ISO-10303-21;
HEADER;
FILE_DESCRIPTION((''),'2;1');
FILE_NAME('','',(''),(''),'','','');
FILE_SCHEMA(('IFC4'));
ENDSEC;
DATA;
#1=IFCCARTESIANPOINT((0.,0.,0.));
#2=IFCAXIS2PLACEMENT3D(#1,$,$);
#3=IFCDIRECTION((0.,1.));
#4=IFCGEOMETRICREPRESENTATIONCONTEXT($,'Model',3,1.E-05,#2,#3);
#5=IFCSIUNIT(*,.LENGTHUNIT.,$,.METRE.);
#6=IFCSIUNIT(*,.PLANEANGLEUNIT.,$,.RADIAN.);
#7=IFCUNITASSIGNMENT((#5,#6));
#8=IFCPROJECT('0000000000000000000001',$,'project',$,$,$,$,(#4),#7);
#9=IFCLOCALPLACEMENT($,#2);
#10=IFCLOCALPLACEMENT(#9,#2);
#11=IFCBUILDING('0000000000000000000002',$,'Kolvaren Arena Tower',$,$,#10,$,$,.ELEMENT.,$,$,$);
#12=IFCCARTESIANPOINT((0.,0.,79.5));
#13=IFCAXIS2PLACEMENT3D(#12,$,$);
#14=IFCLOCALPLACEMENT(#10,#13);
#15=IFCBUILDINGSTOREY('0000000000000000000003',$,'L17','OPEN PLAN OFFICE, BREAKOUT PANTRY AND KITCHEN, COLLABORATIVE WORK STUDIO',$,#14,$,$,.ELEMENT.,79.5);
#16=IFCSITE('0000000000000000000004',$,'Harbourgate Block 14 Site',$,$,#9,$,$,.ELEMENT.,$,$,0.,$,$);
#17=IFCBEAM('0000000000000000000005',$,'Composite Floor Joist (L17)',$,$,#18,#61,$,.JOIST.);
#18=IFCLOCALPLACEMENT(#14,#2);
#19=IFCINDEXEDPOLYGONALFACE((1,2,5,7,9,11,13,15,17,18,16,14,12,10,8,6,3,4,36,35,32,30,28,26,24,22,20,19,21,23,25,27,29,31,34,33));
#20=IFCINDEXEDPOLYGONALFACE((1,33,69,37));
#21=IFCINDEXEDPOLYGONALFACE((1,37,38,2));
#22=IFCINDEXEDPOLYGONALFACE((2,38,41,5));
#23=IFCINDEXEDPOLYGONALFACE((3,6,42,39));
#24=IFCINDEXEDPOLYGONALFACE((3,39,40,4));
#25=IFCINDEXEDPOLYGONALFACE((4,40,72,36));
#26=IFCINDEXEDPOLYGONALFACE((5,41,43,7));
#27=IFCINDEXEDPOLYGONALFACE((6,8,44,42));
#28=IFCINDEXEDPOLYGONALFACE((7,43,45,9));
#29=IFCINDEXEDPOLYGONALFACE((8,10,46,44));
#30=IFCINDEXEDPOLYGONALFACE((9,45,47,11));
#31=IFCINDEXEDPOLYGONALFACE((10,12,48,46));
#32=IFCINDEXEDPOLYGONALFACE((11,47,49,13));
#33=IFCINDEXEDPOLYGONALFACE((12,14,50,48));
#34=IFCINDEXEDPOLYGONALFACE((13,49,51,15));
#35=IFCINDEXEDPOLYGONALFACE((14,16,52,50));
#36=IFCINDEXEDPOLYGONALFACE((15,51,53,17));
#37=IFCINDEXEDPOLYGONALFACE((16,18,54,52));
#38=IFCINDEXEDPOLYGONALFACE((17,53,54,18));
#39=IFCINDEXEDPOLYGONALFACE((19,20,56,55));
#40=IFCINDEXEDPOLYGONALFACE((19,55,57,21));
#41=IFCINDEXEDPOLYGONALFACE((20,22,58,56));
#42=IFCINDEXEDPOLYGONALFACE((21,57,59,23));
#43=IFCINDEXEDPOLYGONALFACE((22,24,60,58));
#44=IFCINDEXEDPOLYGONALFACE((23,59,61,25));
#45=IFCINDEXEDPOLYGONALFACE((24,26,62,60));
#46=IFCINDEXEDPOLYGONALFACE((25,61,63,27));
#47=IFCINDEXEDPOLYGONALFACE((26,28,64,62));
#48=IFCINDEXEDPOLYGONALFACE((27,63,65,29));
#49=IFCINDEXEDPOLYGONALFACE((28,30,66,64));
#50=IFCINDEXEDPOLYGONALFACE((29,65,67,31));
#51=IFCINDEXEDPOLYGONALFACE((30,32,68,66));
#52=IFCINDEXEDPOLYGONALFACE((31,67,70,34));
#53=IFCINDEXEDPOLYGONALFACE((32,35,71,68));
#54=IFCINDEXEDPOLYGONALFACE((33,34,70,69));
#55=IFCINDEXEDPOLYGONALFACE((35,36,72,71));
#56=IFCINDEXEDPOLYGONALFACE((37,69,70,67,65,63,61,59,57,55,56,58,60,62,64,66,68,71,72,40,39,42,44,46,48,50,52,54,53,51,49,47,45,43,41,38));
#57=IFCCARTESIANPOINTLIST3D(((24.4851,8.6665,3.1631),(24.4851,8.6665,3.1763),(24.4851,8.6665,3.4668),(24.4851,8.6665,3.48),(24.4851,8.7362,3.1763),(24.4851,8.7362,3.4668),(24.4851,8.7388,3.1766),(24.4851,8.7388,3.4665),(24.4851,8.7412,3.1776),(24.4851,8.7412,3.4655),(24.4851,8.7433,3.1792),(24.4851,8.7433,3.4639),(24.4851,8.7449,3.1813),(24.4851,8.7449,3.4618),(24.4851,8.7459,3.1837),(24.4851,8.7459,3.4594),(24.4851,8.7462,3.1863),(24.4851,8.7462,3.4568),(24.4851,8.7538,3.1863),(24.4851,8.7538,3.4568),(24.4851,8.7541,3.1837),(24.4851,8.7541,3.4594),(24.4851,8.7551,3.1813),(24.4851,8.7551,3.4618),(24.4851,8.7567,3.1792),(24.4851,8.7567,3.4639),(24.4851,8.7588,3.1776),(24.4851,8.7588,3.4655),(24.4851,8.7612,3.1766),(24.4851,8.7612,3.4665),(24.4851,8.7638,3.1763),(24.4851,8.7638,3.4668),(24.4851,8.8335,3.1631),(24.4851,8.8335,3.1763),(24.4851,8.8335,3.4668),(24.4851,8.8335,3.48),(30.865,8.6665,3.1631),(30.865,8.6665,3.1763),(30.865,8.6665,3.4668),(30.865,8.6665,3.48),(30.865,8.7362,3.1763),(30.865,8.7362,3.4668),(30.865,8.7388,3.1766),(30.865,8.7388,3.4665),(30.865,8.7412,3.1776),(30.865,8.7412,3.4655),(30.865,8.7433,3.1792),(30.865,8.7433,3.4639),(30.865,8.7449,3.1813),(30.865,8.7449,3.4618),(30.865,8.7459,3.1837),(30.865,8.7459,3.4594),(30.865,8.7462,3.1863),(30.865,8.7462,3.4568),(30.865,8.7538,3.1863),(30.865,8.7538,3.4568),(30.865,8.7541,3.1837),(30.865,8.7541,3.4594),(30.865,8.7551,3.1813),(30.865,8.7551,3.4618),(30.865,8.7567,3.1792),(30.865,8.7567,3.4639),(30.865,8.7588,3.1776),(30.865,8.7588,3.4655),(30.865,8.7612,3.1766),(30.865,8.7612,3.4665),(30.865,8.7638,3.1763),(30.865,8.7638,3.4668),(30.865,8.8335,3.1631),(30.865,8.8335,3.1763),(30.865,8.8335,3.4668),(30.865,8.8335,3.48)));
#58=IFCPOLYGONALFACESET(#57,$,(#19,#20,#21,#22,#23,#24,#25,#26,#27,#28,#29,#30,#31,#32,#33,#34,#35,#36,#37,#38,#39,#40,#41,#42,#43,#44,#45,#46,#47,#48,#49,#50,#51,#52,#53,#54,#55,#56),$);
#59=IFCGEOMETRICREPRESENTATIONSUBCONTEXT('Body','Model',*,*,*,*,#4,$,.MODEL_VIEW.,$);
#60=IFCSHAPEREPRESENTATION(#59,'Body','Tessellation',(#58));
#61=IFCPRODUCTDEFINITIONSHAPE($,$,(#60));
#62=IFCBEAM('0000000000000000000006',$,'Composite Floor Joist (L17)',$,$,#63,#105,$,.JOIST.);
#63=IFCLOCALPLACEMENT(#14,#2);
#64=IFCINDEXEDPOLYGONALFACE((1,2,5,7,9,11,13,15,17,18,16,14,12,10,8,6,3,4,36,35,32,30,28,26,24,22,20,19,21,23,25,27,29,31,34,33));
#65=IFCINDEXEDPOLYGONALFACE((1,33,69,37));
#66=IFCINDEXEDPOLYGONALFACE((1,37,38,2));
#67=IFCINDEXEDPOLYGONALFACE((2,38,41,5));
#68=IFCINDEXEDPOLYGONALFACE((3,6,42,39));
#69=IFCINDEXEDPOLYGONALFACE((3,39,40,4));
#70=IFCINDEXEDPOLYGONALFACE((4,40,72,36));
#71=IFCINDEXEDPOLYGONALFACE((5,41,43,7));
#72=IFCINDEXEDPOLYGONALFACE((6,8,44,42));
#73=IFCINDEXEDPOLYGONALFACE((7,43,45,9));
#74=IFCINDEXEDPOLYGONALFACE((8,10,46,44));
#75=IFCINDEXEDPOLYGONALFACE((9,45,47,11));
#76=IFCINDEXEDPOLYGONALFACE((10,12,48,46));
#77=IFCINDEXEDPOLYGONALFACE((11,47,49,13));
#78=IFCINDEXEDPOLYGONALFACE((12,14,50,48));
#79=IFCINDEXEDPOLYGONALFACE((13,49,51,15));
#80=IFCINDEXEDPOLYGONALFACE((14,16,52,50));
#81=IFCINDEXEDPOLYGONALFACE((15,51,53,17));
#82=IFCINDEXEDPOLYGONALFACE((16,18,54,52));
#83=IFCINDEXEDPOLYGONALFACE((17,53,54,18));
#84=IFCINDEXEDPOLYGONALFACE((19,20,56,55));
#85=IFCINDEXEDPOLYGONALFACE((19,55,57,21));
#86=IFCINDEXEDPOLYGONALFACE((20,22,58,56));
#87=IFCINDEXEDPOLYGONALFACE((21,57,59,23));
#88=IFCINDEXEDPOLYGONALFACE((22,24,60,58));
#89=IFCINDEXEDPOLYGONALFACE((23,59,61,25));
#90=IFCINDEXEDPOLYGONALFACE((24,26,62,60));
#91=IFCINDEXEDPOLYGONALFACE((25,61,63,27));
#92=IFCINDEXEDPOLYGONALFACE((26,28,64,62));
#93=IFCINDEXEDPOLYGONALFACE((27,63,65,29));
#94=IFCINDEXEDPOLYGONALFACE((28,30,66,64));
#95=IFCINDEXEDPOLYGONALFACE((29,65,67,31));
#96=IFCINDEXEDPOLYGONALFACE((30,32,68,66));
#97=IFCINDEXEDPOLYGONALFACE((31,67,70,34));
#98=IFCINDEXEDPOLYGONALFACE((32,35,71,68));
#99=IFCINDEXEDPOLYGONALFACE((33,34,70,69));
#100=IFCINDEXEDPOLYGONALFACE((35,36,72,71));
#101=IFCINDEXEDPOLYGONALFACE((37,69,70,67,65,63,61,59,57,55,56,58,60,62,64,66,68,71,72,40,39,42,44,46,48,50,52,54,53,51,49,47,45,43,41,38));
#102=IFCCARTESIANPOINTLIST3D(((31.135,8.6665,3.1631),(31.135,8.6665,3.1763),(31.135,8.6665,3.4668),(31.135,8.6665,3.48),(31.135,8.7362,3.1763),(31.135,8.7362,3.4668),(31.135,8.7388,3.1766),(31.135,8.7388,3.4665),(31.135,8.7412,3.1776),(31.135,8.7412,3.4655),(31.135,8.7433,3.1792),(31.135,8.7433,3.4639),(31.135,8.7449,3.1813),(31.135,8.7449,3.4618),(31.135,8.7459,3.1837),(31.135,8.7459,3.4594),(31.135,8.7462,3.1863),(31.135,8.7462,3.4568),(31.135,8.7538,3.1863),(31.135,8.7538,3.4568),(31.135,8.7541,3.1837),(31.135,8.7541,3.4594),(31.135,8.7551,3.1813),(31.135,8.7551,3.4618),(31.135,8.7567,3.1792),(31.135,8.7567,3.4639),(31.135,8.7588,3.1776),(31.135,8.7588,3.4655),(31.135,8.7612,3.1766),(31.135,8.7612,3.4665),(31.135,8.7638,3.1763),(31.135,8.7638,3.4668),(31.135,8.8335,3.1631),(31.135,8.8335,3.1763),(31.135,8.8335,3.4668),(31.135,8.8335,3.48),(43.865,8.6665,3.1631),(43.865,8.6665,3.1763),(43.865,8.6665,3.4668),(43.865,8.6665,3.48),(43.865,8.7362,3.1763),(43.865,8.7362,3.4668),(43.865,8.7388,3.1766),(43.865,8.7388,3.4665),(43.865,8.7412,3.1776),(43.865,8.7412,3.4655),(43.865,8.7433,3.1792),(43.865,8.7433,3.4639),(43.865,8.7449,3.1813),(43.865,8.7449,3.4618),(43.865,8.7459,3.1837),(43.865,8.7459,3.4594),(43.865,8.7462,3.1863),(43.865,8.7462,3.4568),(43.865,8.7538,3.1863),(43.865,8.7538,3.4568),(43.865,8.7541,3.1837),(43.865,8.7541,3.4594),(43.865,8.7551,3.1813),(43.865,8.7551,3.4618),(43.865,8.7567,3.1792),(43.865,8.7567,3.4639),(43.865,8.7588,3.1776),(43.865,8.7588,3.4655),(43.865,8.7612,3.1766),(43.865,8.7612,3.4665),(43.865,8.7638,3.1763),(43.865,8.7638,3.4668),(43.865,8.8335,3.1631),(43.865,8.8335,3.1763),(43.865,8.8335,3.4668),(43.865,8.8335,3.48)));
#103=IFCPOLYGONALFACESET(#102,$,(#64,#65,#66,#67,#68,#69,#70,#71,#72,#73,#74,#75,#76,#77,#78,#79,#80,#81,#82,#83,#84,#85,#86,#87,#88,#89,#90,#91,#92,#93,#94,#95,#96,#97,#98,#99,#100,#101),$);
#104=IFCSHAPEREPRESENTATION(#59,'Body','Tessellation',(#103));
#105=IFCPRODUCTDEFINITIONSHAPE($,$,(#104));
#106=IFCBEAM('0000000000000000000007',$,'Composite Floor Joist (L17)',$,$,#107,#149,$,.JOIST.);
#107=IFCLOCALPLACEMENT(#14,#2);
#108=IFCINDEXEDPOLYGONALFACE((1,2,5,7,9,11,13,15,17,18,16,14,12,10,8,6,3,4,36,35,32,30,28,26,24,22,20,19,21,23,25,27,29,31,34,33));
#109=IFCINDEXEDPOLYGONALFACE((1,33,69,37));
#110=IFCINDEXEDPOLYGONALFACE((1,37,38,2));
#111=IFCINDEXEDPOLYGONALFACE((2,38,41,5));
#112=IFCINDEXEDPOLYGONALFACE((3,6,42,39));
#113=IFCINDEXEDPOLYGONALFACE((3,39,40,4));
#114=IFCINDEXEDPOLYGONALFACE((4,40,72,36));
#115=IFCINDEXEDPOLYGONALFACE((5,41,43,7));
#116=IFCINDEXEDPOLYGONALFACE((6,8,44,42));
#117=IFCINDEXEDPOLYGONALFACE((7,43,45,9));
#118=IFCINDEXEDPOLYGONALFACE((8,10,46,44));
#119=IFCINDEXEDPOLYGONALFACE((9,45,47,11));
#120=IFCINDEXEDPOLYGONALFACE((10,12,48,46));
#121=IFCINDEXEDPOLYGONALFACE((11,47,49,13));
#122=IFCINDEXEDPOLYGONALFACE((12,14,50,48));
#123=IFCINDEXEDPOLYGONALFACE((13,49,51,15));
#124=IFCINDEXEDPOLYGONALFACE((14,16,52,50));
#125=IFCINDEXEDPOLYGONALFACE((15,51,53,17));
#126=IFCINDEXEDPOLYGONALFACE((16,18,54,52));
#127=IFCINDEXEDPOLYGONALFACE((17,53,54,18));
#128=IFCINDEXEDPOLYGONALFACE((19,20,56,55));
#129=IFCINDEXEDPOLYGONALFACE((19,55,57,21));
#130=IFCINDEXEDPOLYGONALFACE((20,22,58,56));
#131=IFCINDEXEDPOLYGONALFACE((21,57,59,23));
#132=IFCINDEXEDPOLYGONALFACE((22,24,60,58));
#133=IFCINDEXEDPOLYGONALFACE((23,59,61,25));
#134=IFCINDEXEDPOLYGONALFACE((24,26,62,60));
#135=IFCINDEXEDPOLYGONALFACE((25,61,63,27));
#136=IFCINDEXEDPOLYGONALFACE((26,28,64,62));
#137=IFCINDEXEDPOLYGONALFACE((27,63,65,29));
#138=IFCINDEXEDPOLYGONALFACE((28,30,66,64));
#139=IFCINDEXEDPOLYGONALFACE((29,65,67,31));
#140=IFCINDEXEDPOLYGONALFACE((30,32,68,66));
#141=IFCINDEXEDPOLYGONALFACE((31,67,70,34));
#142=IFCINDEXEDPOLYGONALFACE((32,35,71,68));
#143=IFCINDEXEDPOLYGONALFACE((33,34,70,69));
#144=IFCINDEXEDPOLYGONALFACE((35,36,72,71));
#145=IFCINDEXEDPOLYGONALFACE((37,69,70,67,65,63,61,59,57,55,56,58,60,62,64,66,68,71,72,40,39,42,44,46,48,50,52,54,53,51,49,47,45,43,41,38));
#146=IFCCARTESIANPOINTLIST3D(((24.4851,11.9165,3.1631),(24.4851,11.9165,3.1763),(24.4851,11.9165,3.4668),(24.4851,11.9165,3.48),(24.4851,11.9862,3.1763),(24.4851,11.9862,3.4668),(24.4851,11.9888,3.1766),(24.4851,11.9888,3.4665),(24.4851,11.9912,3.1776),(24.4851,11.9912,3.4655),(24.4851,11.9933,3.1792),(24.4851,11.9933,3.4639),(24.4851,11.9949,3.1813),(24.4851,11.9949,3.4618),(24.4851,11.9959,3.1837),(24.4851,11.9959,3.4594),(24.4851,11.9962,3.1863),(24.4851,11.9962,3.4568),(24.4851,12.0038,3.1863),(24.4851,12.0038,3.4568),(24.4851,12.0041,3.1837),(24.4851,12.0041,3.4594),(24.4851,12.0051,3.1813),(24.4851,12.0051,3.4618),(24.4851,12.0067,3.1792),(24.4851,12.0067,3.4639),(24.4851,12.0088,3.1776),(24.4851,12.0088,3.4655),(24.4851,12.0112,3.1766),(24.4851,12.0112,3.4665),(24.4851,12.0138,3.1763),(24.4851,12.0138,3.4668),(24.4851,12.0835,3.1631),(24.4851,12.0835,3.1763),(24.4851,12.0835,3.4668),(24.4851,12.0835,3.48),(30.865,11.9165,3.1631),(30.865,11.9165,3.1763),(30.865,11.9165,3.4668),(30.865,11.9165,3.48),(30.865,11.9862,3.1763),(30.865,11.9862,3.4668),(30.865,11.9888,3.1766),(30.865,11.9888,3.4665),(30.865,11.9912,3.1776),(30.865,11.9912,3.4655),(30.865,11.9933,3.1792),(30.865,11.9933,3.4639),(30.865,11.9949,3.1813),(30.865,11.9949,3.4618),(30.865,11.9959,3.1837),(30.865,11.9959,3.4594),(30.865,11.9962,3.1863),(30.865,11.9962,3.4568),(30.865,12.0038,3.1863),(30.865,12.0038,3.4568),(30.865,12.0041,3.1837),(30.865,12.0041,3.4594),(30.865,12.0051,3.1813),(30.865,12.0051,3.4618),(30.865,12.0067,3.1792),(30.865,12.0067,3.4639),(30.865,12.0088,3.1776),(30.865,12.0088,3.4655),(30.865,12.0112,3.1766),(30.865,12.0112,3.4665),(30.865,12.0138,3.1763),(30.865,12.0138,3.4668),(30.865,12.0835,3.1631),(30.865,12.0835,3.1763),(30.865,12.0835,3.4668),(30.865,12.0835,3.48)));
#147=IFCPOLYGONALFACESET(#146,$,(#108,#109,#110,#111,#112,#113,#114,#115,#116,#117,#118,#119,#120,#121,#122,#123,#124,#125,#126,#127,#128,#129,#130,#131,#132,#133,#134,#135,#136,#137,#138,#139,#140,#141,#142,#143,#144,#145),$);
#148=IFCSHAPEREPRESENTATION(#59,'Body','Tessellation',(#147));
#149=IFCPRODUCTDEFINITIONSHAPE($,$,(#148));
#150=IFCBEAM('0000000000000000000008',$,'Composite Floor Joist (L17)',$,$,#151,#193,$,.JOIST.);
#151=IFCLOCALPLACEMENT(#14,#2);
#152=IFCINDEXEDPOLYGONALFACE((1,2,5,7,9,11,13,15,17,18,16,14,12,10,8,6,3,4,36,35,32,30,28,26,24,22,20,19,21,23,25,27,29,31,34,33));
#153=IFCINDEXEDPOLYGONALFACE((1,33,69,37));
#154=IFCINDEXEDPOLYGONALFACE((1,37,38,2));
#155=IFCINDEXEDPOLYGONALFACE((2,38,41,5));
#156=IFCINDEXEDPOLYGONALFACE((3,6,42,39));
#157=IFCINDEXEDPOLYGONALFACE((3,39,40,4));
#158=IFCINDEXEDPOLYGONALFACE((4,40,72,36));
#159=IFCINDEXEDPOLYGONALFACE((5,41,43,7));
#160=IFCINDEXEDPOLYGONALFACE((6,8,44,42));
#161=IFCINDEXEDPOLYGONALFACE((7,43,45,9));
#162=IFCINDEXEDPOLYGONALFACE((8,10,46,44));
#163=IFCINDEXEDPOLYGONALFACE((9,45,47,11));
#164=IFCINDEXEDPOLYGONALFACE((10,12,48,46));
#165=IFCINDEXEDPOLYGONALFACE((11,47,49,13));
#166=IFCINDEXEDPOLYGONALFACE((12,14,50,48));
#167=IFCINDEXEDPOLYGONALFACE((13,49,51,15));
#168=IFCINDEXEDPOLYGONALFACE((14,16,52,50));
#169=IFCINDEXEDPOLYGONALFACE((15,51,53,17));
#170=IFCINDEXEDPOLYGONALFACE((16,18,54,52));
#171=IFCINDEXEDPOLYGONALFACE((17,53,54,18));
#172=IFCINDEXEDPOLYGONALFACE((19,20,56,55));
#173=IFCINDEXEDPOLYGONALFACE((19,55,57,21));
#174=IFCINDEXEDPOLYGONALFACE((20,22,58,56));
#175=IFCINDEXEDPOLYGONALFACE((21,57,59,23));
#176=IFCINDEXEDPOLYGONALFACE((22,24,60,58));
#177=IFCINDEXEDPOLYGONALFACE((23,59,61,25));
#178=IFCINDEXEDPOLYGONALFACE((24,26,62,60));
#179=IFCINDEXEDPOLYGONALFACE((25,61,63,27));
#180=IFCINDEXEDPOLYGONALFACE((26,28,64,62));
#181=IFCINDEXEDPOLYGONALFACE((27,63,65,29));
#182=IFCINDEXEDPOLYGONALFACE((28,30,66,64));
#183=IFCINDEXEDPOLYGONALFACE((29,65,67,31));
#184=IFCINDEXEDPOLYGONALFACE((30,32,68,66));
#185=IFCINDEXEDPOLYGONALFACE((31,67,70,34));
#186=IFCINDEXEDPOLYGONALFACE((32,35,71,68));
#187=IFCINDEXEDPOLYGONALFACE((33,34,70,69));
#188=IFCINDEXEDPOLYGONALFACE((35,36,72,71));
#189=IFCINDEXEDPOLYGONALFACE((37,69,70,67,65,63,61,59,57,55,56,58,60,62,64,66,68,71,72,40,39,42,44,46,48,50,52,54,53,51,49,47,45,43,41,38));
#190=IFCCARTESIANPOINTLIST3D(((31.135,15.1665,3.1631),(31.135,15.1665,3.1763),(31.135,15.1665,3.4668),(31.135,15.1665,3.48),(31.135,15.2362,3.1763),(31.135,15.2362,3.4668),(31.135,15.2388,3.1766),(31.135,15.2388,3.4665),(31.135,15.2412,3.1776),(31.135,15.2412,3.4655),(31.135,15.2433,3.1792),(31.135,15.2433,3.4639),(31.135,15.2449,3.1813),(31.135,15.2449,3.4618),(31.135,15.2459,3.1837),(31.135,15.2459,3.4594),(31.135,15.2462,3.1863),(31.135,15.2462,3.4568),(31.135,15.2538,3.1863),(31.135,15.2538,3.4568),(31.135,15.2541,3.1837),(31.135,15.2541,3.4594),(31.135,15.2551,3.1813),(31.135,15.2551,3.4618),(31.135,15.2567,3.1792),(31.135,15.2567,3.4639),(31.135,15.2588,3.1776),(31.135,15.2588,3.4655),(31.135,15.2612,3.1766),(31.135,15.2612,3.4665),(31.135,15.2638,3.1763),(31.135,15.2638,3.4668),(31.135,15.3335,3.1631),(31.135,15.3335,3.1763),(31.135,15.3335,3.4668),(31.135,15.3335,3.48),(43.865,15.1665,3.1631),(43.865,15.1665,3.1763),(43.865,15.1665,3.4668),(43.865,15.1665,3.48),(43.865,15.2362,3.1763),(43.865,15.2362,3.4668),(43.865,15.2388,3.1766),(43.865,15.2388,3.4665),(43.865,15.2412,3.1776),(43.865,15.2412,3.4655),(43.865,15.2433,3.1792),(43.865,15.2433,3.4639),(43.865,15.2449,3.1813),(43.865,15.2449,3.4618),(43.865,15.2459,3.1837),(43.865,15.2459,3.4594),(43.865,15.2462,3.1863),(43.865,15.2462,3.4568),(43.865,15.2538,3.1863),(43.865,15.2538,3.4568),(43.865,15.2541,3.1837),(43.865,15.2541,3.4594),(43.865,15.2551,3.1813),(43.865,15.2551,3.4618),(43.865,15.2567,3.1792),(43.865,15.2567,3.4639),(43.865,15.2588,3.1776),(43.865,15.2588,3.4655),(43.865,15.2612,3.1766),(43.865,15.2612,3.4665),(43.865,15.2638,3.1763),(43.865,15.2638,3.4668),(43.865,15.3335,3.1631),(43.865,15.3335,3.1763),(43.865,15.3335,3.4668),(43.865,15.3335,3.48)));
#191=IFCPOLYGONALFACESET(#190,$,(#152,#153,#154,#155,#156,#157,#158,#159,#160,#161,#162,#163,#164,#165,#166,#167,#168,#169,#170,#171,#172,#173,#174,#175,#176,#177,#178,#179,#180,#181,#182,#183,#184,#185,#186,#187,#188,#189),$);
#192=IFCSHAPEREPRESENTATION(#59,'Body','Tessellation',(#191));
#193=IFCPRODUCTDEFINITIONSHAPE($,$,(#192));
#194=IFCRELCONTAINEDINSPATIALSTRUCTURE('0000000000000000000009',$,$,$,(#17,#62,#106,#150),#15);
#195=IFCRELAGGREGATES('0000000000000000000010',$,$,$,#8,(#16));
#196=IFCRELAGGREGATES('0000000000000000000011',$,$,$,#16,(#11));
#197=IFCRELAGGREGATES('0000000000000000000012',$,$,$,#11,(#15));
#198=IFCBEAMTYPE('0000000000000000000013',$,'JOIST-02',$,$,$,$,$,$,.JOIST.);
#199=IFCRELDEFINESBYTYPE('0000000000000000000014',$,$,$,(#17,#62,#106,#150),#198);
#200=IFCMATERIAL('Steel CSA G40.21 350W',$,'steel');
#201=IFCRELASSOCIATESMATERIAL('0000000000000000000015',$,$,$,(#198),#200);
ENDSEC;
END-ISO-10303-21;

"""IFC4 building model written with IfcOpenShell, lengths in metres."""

from ifc_helpers import new_model, si_unit, direction, frame, origin, origin_2d, place, context, subcontext, project, spatial, i_section, extrude, material, material_profile, profile_set, type_object, element, save


model = new_model("IFC4")

# Units and contexts
model_context = context("Model", 3, precision=1e-05, world=origin(), true_north=direction((0.0, 1.0)))
body_context = subcontext(model_context, "Body", "Model", "MODEL_VIEW")
ifc_project = project(units=[si_unit("LENGTHUNIT", "METRE"), si_unit("PLANEANGLEUNIT", "RADIAN")], contexts=[model_context])

# Site, building, storey
site_placement = place(None, origin())
site = spatial("IfcSite", under=ifc_project, at=site_placement, Name="Harbourgate Block 14 Site", CompositionType="ELEMENT", RefElevation=0.0)
building_placement = place(site_placement, origin())
building = spatial("IfcBuilding", under=site, at=building_placement, Name="Kolvaren Arena Tower", CompositionType="ELEMENT")
storey_placement = place(building_placement, frame((0.0, 0.0, 79.5)))
storey = spatial("IfcBuildingStorey", under=building, at=storey_placement, Name="L17", Description="OPEN PLAN OFFICE, BREAKOUT PANTRY AND KITCHEN, COLLABORATIVE WORK STUDIO", CompositionType="ELEMENT", Elevation=79.5)

# Beams
ifc_material_1 = material(Name="Steel CSA G40.21 350W", Category="steel")
ifc_material_profile_1 = material_profile(ifc_material_1, i_section(OverallWidth=0.167, OverallDepth=0.3169, WebThickness=0.0076, FlangeThickness=0.0132, FilletRadius=0.01, at=origin_2d()), Name="W310x52")
ifc_profile_set_1 = profile_set([ifc_material_profile_1], Name="Steel CSA G40.21 350W")
beam_type_1 = type_object("IfcBeamType", Name="JOIST-02", PredefinedType="JOIST", material=ifc_profile_set_1)
beam_1_placement = place(storey_placement, frame((24.4851, 8.75, 3.3215), z_axis=(1.0, 0.0, 0.0), x_axis=(0.0, 1.0, 0.0)))
element("IfcBeam", 1, at=beam_1_placement, inside=storey, type_object=beam_type_1, Name="Composite Floor Joist (L17)", PredefinedType="JOIST", context=body_context, shape_type="SweptSolid", body=[
    extrude(i_section(OverallWidth=0.167, OverallDepth=0.3169, WebThickness=0.0076, FlangeThickness=0.0132, FilletRadius=0.01, at=origin_2d()), origin(), (0.0, 0.0, 1.0), 6.3799),
])
beam_2_placement = place(storey_placement, frame((31.135, 8.75, 3.3215), z_axis=(1.0, 0.0, 0.0), x_axis=(0.0, 1.0, 0.0)))
element("IfcBeam", 2, at=beam_2_placement, inside=storey, type_object=beam_type_1, Name="Composite Floor Joist (L17)", PredefinedType="JOIST", context=body_context, shape_type="SweptSolid", body=[
    extrude(i_section(OverallWidth=0.167, OverallDepth=0.3169, WebThickness=0.0076, FlangeThickness=0.0132, FilletRadius=0.01, at=origin_2d()), origin(), (0.0, 0.0, 1.0), 12.73),
])
beam_3_placement = place(storey_placement, frame((24.4851, 12.0, 3.3215), z_axis=(1.0, 0.0, 0.0), x_axis=(0.0, 1.0, 0.0)))
element("IfcBeam", 3, at=beam_3_placement, inside=storey, type_object=beam_type_1, Name="Composite Floor Joist (L17)", PredefinedType="JOIST", context=body_context, shape_type="SweptSolid", body=[
    extrude(i_section(OverallWidth=0.167, OverallDepth=0.3169, WebThickness=0.0076, FlangeThickness=0.0132, FilletRadius=0.01, at=origin_2d()), origin(), (0.0, 0.0, 1.0), 6.3799),
])
for number, where, z_axis, x_axis, name in (
    (4, (31.135, 15.25, 3.3215), (1.0, 0.0, 0.0), (0.0, 1.0, 0.0), "Composite Floor Joist (L17)"),
):
    element("IfcBeam", number, at=place(storey_placement, frame(where, z_axis=z_axis, x_axis=x_axis)), inside=storey, type_object=beam_type_1, Name=name, PredefinedType="JOIST", context=body_context, shape_type="SweptSolid", body=[
        extrude(i_section(OverallWidth=0.167, OverallDepth=0.3169, WebThickness=0.0076, FlangeThickness=0.0132, FilletRadius=0.01, at=origin_2d()), origin(), (0.0, 0.0, 1.0), 12.73),
    ])

save(model, "model.ifc")
